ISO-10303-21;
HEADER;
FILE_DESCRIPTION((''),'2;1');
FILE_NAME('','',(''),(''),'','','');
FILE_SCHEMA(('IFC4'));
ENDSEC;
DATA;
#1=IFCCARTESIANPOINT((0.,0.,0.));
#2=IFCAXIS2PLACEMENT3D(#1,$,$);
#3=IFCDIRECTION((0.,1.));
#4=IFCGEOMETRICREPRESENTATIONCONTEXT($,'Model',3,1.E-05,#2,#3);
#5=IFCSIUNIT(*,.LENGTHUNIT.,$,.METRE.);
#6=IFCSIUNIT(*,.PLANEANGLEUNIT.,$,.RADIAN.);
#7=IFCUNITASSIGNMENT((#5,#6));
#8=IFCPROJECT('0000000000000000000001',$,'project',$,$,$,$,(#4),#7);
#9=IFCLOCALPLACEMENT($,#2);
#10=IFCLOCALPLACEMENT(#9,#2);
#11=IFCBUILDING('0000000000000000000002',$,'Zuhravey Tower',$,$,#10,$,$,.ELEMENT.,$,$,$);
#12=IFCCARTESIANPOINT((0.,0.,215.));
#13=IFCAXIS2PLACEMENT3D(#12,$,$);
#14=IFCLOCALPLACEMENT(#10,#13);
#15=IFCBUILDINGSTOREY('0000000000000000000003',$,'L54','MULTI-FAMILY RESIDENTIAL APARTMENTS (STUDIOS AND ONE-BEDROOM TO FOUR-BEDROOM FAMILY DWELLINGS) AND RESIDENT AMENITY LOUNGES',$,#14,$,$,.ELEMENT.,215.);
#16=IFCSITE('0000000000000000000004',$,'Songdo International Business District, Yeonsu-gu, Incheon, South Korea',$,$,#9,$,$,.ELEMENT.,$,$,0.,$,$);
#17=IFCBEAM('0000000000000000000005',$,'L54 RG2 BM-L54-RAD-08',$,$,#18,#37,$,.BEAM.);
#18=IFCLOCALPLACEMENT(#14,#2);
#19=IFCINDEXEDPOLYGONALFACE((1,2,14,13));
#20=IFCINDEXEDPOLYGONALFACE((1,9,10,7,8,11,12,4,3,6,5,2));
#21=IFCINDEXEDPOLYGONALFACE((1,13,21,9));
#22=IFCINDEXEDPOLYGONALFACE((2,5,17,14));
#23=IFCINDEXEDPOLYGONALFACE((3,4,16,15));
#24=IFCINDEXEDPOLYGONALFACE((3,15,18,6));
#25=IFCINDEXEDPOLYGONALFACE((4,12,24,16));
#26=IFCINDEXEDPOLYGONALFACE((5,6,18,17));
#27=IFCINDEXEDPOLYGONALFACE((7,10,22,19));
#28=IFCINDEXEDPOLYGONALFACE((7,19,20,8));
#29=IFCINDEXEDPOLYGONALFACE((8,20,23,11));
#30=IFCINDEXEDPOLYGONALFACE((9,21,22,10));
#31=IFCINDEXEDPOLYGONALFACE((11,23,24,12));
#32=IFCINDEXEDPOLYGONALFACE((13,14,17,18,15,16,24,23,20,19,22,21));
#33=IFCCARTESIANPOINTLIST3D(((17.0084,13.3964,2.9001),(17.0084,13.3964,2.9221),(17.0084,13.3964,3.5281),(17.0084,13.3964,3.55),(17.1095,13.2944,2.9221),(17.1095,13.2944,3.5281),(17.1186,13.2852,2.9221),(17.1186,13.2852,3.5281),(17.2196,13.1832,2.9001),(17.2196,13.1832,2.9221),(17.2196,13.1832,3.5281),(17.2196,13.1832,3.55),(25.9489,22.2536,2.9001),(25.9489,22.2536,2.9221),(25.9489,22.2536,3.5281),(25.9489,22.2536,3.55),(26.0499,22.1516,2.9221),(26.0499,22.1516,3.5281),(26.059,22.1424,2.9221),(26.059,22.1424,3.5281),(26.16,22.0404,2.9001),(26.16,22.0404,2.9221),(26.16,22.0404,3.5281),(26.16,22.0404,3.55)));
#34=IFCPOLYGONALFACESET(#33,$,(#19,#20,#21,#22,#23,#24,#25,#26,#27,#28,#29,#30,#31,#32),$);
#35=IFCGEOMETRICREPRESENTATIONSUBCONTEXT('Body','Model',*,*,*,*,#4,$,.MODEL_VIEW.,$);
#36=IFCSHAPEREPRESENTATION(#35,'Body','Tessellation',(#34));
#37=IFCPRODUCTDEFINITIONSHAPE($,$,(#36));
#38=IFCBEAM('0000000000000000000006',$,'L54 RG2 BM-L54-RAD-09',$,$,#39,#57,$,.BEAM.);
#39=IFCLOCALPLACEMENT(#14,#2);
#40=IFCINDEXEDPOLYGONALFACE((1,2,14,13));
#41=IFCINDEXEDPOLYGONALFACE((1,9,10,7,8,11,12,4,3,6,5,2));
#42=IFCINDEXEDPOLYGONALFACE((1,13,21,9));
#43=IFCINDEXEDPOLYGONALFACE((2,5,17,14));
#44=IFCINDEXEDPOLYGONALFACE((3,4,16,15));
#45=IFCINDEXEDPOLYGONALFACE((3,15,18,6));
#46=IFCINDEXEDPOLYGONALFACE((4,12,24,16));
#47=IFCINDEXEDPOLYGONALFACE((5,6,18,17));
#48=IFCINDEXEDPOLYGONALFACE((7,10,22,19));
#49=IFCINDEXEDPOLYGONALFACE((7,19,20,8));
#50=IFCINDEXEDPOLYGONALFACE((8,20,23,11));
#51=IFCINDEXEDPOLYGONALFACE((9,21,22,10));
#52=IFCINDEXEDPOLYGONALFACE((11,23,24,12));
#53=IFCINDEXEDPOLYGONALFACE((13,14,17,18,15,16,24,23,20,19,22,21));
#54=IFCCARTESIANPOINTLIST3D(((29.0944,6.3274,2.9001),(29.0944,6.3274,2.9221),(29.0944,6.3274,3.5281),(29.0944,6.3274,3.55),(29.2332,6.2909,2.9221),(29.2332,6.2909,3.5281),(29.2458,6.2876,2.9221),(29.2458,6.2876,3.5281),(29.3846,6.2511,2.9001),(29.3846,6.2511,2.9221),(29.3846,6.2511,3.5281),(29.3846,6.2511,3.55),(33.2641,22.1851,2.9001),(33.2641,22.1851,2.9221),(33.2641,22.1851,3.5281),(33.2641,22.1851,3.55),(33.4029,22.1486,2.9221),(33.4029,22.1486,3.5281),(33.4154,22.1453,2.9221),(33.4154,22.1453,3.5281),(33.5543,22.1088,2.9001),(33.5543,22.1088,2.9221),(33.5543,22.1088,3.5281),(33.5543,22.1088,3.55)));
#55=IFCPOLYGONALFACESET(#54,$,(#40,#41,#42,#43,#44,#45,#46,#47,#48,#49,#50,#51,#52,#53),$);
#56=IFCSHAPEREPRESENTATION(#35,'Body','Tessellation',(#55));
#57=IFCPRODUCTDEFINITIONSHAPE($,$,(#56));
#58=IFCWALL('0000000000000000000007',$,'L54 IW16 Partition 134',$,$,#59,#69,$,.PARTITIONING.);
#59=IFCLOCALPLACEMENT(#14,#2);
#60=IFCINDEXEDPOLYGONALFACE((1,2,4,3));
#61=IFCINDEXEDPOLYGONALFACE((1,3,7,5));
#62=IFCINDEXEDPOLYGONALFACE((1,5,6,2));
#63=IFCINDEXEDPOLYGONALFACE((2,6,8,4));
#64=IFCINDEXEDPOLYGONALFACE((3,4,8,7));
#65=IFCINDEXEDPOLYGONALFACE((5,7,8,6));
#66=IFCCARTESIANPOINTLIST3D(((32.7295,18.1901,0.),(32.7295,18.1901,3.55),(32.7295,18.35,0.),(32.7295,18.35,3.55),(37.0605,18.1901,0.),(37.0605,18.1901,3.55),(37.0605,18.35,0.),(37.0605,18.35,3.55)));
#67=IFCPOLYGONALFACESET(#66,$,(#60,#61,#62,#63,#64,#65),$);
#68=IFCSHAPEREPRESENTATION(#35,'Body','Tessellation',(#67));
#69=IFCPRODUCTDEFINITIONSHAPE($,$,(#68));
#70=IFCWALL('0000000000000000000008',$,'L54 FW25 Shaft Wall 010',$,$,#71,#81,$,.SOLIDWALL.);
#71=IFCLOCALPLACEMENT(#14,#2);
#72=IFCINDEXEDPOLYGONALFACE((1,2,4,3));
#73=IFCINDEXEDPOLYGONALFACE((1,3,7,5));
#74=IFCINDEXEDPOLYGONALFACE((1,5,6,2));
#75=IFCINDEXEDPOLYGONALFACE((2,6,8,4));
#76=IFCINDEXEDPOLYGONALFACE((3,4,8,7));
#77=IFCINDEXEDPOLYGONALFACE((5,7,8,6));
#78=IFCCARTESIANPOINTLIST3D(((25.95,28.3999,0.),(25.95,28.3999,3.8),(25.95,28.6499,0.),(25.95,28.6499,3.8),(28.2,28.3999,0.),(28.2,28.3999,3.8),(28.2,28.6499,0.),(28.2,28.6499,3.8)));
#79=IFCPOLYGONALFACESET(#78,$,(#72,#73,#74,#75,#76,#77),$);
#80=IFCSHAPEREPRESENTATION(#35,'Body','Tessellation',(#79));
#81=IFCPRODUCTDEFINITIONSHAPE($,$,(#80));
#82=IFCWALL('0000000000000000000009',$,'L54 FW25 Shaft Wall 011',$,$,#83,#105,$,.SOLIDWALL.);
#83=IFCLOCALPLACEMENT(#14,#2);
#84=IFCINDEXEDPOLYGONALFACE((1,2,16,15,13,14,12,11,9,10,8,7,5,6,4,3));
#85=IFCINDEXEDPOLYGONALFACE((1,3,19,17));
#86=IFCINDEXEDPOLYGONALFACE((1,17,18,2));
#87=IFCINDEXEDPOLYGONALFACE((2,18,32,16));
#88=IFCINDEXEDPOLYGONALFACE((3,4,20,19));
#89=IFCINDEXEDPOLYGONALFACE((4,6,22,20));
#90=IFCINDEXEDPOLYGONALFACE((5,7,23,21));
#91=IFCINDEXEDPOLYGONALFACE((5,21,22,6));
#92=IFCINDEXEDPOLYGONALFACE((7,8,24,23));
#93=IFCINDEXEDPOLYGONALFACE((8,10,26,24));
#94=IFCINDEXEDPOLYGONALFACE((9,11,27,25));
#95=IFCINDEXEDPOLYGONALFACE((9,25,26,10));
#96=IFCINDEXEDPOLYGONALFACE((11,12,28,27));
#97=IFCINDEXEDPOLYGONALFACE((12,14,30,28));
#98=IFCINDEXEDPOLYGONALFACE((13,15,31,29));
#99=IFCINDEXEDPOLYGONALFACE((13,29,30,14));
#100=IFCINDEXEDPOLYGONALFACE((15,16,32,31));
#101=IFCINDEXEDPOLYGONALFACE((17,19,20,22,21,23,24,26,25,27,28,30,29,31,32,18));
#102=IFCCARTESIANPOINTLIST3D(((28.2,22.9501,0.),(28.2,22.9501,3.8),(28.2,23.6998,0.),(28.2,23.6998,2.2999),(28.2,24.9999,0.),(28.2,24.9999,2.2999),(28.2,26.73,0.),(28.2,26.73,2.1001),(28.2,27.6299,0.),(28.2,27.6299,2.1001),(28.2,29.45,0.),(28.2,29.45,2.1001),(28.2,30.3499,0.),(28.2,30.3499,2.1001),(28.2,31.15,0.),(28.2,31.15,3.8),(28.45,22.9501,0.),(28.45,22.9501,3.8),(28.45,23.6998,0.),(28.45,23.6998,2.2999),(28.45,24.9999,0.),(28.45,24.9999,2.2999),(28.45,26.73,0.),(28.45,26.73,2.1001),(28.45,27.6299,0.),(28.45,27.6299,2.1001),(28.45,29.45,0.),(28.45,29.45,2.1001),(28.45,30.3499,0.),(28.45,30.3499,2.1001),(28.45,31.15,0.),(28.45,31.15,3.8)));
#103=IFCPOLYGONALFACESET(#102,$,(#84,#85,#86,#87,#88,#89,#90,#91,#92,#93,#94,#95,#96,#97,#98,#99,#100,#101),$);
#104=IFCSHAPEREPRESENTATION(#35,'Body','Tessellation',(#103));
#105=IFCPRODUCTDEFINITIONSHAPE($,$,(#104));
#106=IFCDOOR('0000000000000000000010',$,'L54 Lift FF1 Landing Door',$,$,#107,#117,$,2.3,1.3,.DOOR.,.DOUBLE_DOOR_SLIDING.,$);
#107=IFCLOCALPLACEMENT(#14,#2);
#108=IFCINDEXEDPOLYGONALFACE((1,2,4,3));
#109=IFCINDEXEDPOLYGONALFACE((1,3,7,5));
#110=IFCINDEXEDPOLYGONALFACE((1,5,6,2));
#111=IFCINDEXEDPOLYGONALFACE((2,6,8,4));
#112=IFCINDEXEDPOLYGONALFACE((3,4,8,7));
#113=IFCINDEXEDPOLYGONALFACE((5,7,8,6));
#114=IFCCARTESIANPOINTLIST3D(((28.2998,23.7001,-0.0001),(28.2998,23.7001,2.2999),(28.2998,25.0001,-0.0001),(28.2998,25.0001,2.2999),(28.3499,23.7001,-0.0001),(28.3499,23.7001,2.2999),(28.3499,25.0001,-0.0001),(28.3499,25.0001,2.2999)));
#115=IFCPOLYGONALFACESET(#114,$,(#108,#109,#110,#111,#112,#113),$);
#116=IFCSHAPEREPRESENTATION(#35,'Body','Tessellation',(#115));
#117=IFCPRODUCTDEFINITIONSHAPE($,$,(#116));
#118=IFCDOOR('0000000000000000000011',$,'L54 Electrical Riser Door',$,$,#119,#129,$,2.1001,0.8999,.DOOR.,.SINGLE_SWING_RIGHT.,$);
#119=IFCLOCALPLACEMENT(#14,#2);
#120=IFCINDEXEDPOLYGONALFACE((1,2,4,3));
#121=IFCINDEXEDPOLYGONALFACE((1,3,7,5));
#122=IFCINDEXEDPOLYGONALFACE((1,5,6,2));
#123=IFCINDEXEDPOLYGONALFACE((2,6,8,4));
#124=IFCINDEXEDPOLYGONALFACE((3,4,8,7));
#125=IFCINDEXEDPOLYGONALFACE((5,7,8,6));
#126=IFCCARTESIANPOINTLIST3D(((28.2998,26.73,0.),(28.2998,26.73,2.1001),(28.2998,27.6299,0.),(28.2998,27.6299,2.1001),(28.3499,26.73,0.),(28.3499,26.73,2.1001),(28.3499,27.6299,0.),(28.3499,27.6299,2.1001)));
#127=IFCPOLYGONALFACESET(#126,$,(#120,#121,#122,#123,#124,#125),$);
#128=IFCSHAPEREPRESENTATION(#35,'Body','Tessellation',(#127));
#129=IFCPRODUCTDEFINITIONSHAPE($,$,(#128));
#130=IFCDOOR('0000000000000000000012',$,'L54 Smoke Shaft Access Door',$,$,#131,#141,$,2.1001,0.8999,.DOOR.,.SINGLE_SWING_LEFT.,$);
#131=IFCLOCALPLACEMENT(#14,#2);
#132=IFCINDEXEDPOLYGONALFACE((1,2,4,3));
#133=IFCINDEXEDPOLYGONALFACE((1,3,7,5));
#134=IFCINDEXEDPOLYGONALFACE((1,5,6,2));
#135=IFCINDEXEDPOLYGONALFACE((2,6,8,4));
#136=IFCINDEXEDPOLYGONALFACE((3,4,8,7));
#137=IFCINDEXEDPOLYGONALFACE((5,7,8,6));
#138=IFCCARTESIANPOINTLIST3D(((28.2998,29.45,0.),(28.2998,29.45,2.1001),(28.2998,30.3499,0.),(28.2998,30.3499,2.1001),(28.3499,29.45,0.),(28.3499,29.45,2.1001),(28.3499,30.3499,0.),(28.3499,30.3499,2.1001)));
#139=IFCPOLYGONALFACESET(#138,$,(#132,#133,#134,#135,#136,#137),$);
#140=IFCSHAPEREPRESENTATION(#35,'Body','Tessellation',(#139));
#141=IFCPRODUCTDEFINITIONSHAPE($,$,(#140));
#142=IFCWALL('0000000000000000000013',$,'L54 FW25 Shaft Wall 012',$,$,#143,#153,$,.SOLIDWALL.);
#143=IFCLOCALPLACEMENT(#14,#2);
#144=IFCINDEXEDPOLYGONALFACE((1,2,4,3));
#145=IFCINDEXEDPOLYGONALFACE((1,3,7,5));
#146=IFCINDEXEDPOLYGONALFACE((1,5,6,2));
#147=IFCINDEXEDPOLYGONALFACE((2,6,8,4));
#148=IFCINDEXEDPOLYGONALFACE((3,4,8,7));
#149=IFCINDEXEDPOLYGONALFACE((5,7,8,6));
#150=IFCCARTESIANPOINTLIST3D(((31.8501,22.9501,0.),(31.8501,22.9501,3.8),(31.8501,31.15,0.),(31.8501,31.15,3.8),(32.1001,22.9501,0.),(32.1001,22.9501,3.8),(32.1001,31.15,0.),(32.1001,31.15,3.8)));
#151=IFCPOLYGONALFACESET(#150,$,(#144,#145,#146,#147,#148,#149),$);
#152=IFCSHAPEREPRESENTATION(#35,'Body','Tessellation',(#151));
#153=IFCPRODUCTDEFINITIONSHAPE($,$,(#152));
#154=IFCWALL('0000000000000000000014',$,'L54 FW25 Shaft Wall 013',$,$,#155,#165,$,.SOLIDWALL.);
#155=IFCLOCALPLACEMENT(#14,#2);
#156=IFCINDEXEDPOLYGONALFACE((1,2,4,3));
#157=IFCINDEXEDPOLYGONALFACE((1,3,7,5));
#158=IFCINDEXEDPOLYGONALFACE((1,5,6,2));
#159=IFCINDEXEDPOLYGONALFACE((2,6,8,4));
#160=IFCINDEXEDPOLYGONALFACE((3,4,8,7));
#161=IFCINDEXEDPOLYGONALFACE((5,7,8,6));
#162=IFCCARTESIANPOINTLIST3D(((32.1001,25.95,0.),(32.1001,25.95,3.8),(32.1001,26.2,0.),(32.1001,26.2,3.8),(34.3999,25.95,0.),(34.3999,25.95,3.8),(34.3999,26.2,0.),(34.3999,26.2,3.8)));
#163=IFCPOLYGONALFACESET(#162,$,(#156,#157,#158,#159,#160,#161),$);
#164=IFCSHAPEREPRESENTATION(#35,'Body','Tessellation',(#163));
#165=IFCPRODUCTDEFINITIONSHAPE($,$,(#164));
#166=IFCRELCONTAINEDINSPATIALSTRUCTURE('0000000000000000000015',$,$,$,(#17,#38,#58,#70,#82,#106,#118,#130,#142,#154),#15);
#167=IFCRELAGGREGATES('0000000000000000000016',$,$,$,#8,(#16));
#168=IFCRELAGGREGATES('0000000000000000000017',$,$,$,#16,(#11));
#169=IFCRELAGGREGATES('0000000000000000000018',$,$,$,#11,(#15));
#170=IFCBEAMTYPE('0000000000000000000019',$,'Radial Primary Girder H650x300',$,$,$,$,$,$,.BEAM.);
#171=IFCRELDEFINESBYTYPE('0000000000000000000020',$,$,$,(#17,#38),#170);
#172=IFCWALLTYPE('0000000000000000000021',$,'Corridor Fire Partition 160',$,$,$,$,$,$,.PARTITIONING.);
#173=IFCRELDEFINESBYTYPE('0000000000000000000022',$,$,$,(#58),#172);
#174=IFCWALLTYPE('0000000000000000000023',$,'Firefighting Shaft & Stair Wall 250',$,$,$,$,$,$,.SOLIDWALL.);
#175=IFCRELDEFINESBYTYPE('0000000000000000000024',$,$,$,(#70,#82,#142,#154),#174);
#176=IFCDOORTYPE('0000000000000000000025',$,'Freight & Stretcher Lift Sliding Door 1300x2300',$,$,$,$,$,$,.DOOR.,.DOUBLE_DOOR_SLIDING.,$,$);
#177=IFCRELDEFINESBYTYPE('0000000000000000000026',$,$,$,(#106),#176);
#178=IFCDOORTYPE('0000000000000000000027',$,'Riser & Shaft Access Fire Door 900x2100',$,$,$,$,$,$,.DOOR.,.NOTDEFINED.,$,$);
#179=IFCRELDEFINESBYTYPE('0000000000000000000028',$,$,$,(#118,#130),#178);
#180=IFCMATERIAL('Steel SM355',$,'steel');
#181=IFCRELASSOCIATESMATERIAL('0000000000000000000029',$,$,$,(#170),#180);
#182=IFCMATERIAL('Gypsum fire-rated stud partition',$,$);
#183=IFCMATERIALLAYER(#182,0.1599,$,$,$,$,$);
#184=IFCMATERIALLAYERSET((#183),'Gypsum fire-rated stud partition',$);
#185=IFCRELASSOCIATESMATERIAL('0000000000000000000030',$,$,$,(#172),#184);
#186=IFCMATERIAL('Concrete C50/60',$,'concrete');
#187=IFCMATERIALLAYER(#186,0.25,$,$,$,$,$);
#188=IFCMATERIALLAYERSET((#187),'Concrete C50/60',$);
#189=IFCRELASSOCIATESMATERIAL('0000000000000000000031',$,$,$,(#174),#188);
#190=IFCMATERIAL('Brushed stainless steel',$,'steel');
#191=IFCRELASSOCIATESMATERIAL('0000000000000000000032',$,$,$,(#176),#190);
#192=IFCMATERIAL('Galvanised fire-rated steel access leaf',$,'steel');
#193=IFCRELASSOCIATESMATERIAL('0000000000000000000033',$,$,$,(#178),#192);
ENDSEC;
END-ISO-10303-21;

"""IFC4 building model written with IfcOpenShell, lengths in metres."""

from ifc_helpers import new_model, si_unit, direction, frame, frame_2d, origin, origin_2d, place, context, subcontext, project, spatial, rectangle, i_section, extrude, material, layer, layer_set, material_profile, profile_set, type_object, element, fill, save


model = new_model("IFC4")

# Units and contexts
model_context = context("Model", 3, precision=1e-05, world=origin(), true_north=direction((0.0, 1.0)))
body_context = subcontext(model_context, "Body", "Model", "MODEL_VIEW")
ifc_project = project(units=[si_unit("LENGTHUNIT", "METRE"), si_unit("PLANEANGLEUNIT", "RADIAN")], contexts=[model_context])

# Site, building, storey
site_placement = place(None, origin())
site = spatial("IfcSite", under=ifc_project, at=site_placement, Name="Songdo International Business District, Yeonsu-gu, Incheon, South Korea", CompositionType="ELEMENT", RefElevation=0.0)
building_placement = place(site_placement, origin())
building = spatial("IfcBuilding", under=site, at=building_placement, Name="Zuhravey Tower", CompositionType="ELEMENT")
storey_placement = place(building_placement, frame((0.0, 0.0, 215.0)))
storey = spatial("IfcBuildingStorey", under=building, at=storey_placement, Name="L54", Description="MULTI-FAMILY RESIDENTIAL APARTMENTS (STUDIOS AND ONE-BEDROOM TO FOUR-BEDROOM FAMILY DWELLINGS) AND RESIDENT AMENITY LOUNGES", CompositionType="ELEMENT", Elevation=215.0)

# Beams
ifc_material_1 = material(Name="Steel SM355", Category="steel")
ifc_material_profile = material_profile(ifc_material_1, i_section(OverallWidth=0.3, OverallDepth=0.6499, WebThickness=0.0129, FlangeThickness=0.022, at=origin_2d()), Name="H-650x300x13x22")
ifc_profile_set = profile_set([ifc_material_profile], Name="Steel SM355")
beam_type = type_object("IfcBeamType", Name="Radial Primary Girder H650x300", PredefinedType="BEAM", material=ifc_profile_set)
beam_1_placement = place(storey_placement, frame((26.0544, 22.147, 3.2251), z_axis=(-0.710407, -0.703791, 0.0), x_axis=(0.703791, -0.710407, 0.0)))
element("IfcBeam", 1, at=beam_1_placement, inside=storey, type_object=beam_type, Name="L54 RG2 BM-L54-RAD-08", PredefinedType="BEAM", context=body_context, shape_type="SweptSolid", body=[
    extrude(i_section(OverallWidth=0.3, OverallDepth=0.6499, WebThickness=0.0129, FlangeThickness=0.022, at=origin_2d()), origin(), (0.0, 0.0, 1.0), 12.585),
])
beam_2_placement = place(storey_placement, frame((33.4092, 22.147, 3.2251), z_axis=(-0.2543, -0.967125, 0.0), x_axis=(0.967125, -0.2543, 0.0)))
element("IfcBeam", 2, at=beam_2_placement, inside=storey, type_object=beam_type, Name="L54 RG2 BM-L54-RAD-09", PredefinedType="BEAM", context=body_context, shape_type="SweptSolid", body=[
    extrude(i_section(OverallWidth=0.3, OverallDepth=0.6499, WebThickness=0.0129, FlangeThickness=0.022, at=origin_2d()), origin(), (0.0, 0.0, 1.0), 16.3967),
])

# Shared definitions
ifc_material_2 = material(Name="Gypsum fire-rated stud partition")
ifc_layer_1 = layer(ifc_material_2, 0.1599)
ifc_layer_set_1 = layer_set([ifc_layer_1], Name="Gypsum fire-rated stud partition")
wall_type_1 = type_object("IfcWallType", Name="Corridor Fire Partition 160", PredefinedType="PARTITIONING", material=ifc_layer_set_1)

# Wall
wall_1_placement = place(storey_placement, frame((32.7295, 18.27, 0.0), z_axis=(0.0, 0.0, 1.0), x_axis=(1.0, 0.0, 0.0)))
element("IfcWall", 3, at=wall_1_placement, inside=storey, type_object=wall_type_1, Name="L54 IW16 Partition 134", PredefinedType="PARTITIONING", context=body_context, shape_type="SweptSolid", body=[
    extrude(rectangle(XDim=4.3311, YDim=0.1599, at=frame_2d((2.1655, 0.0))), origin(), (0.0, 0.0, 1.0), 3.55),
])

# Shared definitions
ifc_material_3 = material(Name="Concrete C50/60", Category="concrete")
ifc_layer_2 = layer(ifc_material_3, 0.25)
ifc_layer_set_2 = layer_set([ifc_layer_2], Name="Concrete C50/60")
wall_type_2 = type_object("IfcWallType", Name="Firefighting Shaft & Stair Wall 250", PredefinedType="SOLIDWALL", material=ifc_layer_set_2)

# Wall
wall_2_placement = place(storey_placement, frame((25.95, 28.5249, 0.0), z_axis=(0.0, 0.0, 1.0), x_axis=(1.0, 0.0, 0.0)))
element("IfcWall", 4, at=wall_2_placement, inside=storey, type_object=wall_type_2, Name="L54 FW25 Shaft Wall 010", PredefinedType="SOLIDWALL", context=body_context, shape_type="SweptSolid", body=[
    extrude(rectangle(XDim=2.25, YDim=0.25, at=frame_2d((1.125, 0.0))), origin(), (0.0, 0.0, 1.0), 3.8),
])

# Wall, openings, doors
wall_3_placement = place(storey_placement, frame((28.325, 22.95, 0.0), z_axis=(0.0, 0.0, 1.0), x_axis=(0.0, 1.0, 0.0)))
wall_3 = element("IfcWall", 5, at=wall_3_placement, inside=storey, type_object=wall_type_2, Name="L54 FW25 Shaft Wall 011", PredefinedType="SOLIDWALL", context=body_context, shape_type="SweptSolid", body=[
    extrude(rectangle(XDim=8.2, YDim=0.25, at=frame_2d((4.1001, 0.0))), origin(), (0.0, 0.0, 1.0), 3.8),
])
opening_1_placement = place(wall_3_placement, frame((0.75, 0.0, 0.0)))
opening_1 = element("IfcOpeningElement", 6, at=opening_1_placement, cuts=wall_3, PredefinedType="OPENING", context=body_context, shape_type="SweptSolid", body=[
    extrude(rectangle(XDim=1.3, YDim=2.3, at=frame_2d((0.6499, 1.1499))), frame((0.0, 0.137, 0.0), z_axis=(0.0, -1.0, 0.0), x_axis=(1.0, 0.0, 0.0)), (0.0, 0.0, 1.0), 0.2739),
])
opening_2_placement = place(wall_3_placement, frame((3.78, 0.0, 0.0)))
opening_2 = element("IfcOpeningElement", 7, at=opening_2_placement, cuts=wall_3, PredefinedType="OPENING", context=body_context, shape_type="SweptSolid", body=[
    extrude(rectangle(XDim=0.8999, YDim=2.1001, at=frame_2d((0.45, 1.05))), frame((0.0, 0.137, 0.0), z_axis=(0.0, -1.0, 0.0), x_axis=(1.0, 0.0, 0.0)), (0.0, 0.0, 1.0), 0.2739),
])
opening_3_placement = place(wall_3_placement, frame((6.5, 0.0, 0.0)))
opening_3 = element("IfcOpeningElement", 8, at=opening_3_placement, cuts=wall_3, PredefinedType="OPENING", context=body_context, shape_type="SweptSolid", body=[
    extrude(rectangle(XDim=0.8999, YDim=2.1001, at=frame_2d((0.45, 1.05))), frame((0.0, 0.137, 0.0), z_axis=(0.0, -1.0, 0.0), x_axis=(1.0, 0.0, 0.0)), (0.0, 0.0, 1.0), 0.2739),
])
ifc_material_4 = material(Name="Brushed stainless steel", Category="steel")
door_type_1 = type_object("IfcDoorType", Name="Freight & Stretcher Lift Sliding Door 1300x2300", OperationType="DOUBLE_DOOR_SLIDING", PredefinedType="DOOR", material=ifc_material_4)
door_1_placement = place(opening_1_placement, frame((1.3, 0.0, 0.0), z_axis=(0.0, 0.0, 1.0), x_axis=(-1.0, 0.0, 0.0)))
door_1 = element("IfcDoor", 9, at=door_1_placement, inside=storey, type_object=door_type_1, Name="L54 Lift FF1 Landing Door", OperationType="DOUBLE_DOOR_SLIDING", OverallHeight=2.3, OverallWidth=1.3, PredefinedType="DOOR", context=body_context, shape_type="SweptSolid", body=[
    extrude(rectangle(XDim=1.3, YDim=2.3, at=frame_2d((0.6499, 1.1499))), frame((0.0, 0.0249, 0.0), z_axis=(0.0, -1.0, 0.0), x_axis=(1.0, 0.0, 0.0)), (0.0, 0.0, 1.0), 0.05),
])
fill(opening_1, door_1)
ifc_material_5 = material(Name="Galvanised fire-rated steel access leaf", Category="steel")
door_type_2 = type_object("IfcDoorType", Name="Riser & Shaft Access Fire Door 900x2100", OperationType="NOTDEFINED", PredefinedType="DOOR", material=ifc_material_5)
door_2_placement = place(opening_2_placement, frame((0.8999, 0.0, 0.0), z_axis=(0.0, 0.0, 1.0), x_axis=(-1.0, 0.0, 0.0)))
door_2 = element("IfcDoor", 10, at=door_2_placement, inside=storey, type_object=door_type_2, Name="L54 Electrical Riser Door", OperationType="SINGLE_SWING_RIGHT", OverallHeight=2.1001, OverallWidth=0.8999, PredefinedType="DOOR", context=body_context, shape_type="SweptSolid", body=[
    extrude(rectangle(XDim=0.8999, YDim=2.1001, at=frame_2d((0.45, 1.05))), frame((0.0, 0.0249, 0.0), z_axis=(0.0, -1.0, 0.0), x_axis=(1.0, 0.0, 0.0)), (0.0, 0.0, 1.0), 0.05),
])
fill(opening_2, door_2)
door_3_placement = place(opening_3_placement, frame((0.8999, 0.0, 0.0), z_axis=(0.0, 0.0, 1.0), x_axis=(-1.0, 0.0, 0.0)))
door_3 = element("IfcDoor", 11, at=door_3_placement, inside=storey, type_object=door_type_2, Name="L54 Smoke Shaft Access Door", OperationType="SINGLE_SWING_LEFT", OverallHeight=2.1001, OverallWidth=0.8999, PredefinedType="DOOR", context=body_context, shape_type="SweptSolid", body=[
    extrude(rectangle(XDim=0.8999, YDim=2.1001, at=frame_2d((0.45, 1.05))), frame((0.0, 0.0249, 0.0), z_axis=(0.0, -1.0, 0.0), x_axis=(1.0, 0.0, 0.0)), (0.0, 0.0, 1.0), 0.05),
])
fill(opening_3, door_3)

# Walls
wall_4_placement = place(storey_placement, frame((31.9751, 22.95, 0.0), z_axis=(0.0, 0.0, 1.0), x_axis=(0.0, 1.0, 0.0)))
element("IfcWall", 12, at=wall_4_placement, inside=storey, type_object=wall_type_2, Name="L54 FW25 Shaft Wall 012", PredefinedType="SOLIDWALL", context=body_context, shape_type="SweptSolid", body=[
    extrude(rectangle(XDim=8.2, YDim=0.25, at=frame_2d((4.1001, 0.0))), origin(), (0.0, 0.0, 1.0), 3.8),
])
wall_5_placement = place(storey_placement, frame((32.1001, 26.075, 0.0), z_axis=(0.0, 0.0, 1.0), x_axis=(1.0, 0.0, 0.0)))
element("IfcWall", 13, at=wall_5_placement, inside=storey, type_object=wall_type_2, Name="L54 FW25 Shaft Wall 013", PredefinedType="SOLIDWALL", context=body_context, shape_type="SweptSolid", body=[
    extrude(rectangle(XDim=2.2998, YDim=0.25, at=frame_2d((1.1499, 0.0))), origin(), (0.0, 0.0, 1.0), 3.8),
])

save(model, "model.ifc")
